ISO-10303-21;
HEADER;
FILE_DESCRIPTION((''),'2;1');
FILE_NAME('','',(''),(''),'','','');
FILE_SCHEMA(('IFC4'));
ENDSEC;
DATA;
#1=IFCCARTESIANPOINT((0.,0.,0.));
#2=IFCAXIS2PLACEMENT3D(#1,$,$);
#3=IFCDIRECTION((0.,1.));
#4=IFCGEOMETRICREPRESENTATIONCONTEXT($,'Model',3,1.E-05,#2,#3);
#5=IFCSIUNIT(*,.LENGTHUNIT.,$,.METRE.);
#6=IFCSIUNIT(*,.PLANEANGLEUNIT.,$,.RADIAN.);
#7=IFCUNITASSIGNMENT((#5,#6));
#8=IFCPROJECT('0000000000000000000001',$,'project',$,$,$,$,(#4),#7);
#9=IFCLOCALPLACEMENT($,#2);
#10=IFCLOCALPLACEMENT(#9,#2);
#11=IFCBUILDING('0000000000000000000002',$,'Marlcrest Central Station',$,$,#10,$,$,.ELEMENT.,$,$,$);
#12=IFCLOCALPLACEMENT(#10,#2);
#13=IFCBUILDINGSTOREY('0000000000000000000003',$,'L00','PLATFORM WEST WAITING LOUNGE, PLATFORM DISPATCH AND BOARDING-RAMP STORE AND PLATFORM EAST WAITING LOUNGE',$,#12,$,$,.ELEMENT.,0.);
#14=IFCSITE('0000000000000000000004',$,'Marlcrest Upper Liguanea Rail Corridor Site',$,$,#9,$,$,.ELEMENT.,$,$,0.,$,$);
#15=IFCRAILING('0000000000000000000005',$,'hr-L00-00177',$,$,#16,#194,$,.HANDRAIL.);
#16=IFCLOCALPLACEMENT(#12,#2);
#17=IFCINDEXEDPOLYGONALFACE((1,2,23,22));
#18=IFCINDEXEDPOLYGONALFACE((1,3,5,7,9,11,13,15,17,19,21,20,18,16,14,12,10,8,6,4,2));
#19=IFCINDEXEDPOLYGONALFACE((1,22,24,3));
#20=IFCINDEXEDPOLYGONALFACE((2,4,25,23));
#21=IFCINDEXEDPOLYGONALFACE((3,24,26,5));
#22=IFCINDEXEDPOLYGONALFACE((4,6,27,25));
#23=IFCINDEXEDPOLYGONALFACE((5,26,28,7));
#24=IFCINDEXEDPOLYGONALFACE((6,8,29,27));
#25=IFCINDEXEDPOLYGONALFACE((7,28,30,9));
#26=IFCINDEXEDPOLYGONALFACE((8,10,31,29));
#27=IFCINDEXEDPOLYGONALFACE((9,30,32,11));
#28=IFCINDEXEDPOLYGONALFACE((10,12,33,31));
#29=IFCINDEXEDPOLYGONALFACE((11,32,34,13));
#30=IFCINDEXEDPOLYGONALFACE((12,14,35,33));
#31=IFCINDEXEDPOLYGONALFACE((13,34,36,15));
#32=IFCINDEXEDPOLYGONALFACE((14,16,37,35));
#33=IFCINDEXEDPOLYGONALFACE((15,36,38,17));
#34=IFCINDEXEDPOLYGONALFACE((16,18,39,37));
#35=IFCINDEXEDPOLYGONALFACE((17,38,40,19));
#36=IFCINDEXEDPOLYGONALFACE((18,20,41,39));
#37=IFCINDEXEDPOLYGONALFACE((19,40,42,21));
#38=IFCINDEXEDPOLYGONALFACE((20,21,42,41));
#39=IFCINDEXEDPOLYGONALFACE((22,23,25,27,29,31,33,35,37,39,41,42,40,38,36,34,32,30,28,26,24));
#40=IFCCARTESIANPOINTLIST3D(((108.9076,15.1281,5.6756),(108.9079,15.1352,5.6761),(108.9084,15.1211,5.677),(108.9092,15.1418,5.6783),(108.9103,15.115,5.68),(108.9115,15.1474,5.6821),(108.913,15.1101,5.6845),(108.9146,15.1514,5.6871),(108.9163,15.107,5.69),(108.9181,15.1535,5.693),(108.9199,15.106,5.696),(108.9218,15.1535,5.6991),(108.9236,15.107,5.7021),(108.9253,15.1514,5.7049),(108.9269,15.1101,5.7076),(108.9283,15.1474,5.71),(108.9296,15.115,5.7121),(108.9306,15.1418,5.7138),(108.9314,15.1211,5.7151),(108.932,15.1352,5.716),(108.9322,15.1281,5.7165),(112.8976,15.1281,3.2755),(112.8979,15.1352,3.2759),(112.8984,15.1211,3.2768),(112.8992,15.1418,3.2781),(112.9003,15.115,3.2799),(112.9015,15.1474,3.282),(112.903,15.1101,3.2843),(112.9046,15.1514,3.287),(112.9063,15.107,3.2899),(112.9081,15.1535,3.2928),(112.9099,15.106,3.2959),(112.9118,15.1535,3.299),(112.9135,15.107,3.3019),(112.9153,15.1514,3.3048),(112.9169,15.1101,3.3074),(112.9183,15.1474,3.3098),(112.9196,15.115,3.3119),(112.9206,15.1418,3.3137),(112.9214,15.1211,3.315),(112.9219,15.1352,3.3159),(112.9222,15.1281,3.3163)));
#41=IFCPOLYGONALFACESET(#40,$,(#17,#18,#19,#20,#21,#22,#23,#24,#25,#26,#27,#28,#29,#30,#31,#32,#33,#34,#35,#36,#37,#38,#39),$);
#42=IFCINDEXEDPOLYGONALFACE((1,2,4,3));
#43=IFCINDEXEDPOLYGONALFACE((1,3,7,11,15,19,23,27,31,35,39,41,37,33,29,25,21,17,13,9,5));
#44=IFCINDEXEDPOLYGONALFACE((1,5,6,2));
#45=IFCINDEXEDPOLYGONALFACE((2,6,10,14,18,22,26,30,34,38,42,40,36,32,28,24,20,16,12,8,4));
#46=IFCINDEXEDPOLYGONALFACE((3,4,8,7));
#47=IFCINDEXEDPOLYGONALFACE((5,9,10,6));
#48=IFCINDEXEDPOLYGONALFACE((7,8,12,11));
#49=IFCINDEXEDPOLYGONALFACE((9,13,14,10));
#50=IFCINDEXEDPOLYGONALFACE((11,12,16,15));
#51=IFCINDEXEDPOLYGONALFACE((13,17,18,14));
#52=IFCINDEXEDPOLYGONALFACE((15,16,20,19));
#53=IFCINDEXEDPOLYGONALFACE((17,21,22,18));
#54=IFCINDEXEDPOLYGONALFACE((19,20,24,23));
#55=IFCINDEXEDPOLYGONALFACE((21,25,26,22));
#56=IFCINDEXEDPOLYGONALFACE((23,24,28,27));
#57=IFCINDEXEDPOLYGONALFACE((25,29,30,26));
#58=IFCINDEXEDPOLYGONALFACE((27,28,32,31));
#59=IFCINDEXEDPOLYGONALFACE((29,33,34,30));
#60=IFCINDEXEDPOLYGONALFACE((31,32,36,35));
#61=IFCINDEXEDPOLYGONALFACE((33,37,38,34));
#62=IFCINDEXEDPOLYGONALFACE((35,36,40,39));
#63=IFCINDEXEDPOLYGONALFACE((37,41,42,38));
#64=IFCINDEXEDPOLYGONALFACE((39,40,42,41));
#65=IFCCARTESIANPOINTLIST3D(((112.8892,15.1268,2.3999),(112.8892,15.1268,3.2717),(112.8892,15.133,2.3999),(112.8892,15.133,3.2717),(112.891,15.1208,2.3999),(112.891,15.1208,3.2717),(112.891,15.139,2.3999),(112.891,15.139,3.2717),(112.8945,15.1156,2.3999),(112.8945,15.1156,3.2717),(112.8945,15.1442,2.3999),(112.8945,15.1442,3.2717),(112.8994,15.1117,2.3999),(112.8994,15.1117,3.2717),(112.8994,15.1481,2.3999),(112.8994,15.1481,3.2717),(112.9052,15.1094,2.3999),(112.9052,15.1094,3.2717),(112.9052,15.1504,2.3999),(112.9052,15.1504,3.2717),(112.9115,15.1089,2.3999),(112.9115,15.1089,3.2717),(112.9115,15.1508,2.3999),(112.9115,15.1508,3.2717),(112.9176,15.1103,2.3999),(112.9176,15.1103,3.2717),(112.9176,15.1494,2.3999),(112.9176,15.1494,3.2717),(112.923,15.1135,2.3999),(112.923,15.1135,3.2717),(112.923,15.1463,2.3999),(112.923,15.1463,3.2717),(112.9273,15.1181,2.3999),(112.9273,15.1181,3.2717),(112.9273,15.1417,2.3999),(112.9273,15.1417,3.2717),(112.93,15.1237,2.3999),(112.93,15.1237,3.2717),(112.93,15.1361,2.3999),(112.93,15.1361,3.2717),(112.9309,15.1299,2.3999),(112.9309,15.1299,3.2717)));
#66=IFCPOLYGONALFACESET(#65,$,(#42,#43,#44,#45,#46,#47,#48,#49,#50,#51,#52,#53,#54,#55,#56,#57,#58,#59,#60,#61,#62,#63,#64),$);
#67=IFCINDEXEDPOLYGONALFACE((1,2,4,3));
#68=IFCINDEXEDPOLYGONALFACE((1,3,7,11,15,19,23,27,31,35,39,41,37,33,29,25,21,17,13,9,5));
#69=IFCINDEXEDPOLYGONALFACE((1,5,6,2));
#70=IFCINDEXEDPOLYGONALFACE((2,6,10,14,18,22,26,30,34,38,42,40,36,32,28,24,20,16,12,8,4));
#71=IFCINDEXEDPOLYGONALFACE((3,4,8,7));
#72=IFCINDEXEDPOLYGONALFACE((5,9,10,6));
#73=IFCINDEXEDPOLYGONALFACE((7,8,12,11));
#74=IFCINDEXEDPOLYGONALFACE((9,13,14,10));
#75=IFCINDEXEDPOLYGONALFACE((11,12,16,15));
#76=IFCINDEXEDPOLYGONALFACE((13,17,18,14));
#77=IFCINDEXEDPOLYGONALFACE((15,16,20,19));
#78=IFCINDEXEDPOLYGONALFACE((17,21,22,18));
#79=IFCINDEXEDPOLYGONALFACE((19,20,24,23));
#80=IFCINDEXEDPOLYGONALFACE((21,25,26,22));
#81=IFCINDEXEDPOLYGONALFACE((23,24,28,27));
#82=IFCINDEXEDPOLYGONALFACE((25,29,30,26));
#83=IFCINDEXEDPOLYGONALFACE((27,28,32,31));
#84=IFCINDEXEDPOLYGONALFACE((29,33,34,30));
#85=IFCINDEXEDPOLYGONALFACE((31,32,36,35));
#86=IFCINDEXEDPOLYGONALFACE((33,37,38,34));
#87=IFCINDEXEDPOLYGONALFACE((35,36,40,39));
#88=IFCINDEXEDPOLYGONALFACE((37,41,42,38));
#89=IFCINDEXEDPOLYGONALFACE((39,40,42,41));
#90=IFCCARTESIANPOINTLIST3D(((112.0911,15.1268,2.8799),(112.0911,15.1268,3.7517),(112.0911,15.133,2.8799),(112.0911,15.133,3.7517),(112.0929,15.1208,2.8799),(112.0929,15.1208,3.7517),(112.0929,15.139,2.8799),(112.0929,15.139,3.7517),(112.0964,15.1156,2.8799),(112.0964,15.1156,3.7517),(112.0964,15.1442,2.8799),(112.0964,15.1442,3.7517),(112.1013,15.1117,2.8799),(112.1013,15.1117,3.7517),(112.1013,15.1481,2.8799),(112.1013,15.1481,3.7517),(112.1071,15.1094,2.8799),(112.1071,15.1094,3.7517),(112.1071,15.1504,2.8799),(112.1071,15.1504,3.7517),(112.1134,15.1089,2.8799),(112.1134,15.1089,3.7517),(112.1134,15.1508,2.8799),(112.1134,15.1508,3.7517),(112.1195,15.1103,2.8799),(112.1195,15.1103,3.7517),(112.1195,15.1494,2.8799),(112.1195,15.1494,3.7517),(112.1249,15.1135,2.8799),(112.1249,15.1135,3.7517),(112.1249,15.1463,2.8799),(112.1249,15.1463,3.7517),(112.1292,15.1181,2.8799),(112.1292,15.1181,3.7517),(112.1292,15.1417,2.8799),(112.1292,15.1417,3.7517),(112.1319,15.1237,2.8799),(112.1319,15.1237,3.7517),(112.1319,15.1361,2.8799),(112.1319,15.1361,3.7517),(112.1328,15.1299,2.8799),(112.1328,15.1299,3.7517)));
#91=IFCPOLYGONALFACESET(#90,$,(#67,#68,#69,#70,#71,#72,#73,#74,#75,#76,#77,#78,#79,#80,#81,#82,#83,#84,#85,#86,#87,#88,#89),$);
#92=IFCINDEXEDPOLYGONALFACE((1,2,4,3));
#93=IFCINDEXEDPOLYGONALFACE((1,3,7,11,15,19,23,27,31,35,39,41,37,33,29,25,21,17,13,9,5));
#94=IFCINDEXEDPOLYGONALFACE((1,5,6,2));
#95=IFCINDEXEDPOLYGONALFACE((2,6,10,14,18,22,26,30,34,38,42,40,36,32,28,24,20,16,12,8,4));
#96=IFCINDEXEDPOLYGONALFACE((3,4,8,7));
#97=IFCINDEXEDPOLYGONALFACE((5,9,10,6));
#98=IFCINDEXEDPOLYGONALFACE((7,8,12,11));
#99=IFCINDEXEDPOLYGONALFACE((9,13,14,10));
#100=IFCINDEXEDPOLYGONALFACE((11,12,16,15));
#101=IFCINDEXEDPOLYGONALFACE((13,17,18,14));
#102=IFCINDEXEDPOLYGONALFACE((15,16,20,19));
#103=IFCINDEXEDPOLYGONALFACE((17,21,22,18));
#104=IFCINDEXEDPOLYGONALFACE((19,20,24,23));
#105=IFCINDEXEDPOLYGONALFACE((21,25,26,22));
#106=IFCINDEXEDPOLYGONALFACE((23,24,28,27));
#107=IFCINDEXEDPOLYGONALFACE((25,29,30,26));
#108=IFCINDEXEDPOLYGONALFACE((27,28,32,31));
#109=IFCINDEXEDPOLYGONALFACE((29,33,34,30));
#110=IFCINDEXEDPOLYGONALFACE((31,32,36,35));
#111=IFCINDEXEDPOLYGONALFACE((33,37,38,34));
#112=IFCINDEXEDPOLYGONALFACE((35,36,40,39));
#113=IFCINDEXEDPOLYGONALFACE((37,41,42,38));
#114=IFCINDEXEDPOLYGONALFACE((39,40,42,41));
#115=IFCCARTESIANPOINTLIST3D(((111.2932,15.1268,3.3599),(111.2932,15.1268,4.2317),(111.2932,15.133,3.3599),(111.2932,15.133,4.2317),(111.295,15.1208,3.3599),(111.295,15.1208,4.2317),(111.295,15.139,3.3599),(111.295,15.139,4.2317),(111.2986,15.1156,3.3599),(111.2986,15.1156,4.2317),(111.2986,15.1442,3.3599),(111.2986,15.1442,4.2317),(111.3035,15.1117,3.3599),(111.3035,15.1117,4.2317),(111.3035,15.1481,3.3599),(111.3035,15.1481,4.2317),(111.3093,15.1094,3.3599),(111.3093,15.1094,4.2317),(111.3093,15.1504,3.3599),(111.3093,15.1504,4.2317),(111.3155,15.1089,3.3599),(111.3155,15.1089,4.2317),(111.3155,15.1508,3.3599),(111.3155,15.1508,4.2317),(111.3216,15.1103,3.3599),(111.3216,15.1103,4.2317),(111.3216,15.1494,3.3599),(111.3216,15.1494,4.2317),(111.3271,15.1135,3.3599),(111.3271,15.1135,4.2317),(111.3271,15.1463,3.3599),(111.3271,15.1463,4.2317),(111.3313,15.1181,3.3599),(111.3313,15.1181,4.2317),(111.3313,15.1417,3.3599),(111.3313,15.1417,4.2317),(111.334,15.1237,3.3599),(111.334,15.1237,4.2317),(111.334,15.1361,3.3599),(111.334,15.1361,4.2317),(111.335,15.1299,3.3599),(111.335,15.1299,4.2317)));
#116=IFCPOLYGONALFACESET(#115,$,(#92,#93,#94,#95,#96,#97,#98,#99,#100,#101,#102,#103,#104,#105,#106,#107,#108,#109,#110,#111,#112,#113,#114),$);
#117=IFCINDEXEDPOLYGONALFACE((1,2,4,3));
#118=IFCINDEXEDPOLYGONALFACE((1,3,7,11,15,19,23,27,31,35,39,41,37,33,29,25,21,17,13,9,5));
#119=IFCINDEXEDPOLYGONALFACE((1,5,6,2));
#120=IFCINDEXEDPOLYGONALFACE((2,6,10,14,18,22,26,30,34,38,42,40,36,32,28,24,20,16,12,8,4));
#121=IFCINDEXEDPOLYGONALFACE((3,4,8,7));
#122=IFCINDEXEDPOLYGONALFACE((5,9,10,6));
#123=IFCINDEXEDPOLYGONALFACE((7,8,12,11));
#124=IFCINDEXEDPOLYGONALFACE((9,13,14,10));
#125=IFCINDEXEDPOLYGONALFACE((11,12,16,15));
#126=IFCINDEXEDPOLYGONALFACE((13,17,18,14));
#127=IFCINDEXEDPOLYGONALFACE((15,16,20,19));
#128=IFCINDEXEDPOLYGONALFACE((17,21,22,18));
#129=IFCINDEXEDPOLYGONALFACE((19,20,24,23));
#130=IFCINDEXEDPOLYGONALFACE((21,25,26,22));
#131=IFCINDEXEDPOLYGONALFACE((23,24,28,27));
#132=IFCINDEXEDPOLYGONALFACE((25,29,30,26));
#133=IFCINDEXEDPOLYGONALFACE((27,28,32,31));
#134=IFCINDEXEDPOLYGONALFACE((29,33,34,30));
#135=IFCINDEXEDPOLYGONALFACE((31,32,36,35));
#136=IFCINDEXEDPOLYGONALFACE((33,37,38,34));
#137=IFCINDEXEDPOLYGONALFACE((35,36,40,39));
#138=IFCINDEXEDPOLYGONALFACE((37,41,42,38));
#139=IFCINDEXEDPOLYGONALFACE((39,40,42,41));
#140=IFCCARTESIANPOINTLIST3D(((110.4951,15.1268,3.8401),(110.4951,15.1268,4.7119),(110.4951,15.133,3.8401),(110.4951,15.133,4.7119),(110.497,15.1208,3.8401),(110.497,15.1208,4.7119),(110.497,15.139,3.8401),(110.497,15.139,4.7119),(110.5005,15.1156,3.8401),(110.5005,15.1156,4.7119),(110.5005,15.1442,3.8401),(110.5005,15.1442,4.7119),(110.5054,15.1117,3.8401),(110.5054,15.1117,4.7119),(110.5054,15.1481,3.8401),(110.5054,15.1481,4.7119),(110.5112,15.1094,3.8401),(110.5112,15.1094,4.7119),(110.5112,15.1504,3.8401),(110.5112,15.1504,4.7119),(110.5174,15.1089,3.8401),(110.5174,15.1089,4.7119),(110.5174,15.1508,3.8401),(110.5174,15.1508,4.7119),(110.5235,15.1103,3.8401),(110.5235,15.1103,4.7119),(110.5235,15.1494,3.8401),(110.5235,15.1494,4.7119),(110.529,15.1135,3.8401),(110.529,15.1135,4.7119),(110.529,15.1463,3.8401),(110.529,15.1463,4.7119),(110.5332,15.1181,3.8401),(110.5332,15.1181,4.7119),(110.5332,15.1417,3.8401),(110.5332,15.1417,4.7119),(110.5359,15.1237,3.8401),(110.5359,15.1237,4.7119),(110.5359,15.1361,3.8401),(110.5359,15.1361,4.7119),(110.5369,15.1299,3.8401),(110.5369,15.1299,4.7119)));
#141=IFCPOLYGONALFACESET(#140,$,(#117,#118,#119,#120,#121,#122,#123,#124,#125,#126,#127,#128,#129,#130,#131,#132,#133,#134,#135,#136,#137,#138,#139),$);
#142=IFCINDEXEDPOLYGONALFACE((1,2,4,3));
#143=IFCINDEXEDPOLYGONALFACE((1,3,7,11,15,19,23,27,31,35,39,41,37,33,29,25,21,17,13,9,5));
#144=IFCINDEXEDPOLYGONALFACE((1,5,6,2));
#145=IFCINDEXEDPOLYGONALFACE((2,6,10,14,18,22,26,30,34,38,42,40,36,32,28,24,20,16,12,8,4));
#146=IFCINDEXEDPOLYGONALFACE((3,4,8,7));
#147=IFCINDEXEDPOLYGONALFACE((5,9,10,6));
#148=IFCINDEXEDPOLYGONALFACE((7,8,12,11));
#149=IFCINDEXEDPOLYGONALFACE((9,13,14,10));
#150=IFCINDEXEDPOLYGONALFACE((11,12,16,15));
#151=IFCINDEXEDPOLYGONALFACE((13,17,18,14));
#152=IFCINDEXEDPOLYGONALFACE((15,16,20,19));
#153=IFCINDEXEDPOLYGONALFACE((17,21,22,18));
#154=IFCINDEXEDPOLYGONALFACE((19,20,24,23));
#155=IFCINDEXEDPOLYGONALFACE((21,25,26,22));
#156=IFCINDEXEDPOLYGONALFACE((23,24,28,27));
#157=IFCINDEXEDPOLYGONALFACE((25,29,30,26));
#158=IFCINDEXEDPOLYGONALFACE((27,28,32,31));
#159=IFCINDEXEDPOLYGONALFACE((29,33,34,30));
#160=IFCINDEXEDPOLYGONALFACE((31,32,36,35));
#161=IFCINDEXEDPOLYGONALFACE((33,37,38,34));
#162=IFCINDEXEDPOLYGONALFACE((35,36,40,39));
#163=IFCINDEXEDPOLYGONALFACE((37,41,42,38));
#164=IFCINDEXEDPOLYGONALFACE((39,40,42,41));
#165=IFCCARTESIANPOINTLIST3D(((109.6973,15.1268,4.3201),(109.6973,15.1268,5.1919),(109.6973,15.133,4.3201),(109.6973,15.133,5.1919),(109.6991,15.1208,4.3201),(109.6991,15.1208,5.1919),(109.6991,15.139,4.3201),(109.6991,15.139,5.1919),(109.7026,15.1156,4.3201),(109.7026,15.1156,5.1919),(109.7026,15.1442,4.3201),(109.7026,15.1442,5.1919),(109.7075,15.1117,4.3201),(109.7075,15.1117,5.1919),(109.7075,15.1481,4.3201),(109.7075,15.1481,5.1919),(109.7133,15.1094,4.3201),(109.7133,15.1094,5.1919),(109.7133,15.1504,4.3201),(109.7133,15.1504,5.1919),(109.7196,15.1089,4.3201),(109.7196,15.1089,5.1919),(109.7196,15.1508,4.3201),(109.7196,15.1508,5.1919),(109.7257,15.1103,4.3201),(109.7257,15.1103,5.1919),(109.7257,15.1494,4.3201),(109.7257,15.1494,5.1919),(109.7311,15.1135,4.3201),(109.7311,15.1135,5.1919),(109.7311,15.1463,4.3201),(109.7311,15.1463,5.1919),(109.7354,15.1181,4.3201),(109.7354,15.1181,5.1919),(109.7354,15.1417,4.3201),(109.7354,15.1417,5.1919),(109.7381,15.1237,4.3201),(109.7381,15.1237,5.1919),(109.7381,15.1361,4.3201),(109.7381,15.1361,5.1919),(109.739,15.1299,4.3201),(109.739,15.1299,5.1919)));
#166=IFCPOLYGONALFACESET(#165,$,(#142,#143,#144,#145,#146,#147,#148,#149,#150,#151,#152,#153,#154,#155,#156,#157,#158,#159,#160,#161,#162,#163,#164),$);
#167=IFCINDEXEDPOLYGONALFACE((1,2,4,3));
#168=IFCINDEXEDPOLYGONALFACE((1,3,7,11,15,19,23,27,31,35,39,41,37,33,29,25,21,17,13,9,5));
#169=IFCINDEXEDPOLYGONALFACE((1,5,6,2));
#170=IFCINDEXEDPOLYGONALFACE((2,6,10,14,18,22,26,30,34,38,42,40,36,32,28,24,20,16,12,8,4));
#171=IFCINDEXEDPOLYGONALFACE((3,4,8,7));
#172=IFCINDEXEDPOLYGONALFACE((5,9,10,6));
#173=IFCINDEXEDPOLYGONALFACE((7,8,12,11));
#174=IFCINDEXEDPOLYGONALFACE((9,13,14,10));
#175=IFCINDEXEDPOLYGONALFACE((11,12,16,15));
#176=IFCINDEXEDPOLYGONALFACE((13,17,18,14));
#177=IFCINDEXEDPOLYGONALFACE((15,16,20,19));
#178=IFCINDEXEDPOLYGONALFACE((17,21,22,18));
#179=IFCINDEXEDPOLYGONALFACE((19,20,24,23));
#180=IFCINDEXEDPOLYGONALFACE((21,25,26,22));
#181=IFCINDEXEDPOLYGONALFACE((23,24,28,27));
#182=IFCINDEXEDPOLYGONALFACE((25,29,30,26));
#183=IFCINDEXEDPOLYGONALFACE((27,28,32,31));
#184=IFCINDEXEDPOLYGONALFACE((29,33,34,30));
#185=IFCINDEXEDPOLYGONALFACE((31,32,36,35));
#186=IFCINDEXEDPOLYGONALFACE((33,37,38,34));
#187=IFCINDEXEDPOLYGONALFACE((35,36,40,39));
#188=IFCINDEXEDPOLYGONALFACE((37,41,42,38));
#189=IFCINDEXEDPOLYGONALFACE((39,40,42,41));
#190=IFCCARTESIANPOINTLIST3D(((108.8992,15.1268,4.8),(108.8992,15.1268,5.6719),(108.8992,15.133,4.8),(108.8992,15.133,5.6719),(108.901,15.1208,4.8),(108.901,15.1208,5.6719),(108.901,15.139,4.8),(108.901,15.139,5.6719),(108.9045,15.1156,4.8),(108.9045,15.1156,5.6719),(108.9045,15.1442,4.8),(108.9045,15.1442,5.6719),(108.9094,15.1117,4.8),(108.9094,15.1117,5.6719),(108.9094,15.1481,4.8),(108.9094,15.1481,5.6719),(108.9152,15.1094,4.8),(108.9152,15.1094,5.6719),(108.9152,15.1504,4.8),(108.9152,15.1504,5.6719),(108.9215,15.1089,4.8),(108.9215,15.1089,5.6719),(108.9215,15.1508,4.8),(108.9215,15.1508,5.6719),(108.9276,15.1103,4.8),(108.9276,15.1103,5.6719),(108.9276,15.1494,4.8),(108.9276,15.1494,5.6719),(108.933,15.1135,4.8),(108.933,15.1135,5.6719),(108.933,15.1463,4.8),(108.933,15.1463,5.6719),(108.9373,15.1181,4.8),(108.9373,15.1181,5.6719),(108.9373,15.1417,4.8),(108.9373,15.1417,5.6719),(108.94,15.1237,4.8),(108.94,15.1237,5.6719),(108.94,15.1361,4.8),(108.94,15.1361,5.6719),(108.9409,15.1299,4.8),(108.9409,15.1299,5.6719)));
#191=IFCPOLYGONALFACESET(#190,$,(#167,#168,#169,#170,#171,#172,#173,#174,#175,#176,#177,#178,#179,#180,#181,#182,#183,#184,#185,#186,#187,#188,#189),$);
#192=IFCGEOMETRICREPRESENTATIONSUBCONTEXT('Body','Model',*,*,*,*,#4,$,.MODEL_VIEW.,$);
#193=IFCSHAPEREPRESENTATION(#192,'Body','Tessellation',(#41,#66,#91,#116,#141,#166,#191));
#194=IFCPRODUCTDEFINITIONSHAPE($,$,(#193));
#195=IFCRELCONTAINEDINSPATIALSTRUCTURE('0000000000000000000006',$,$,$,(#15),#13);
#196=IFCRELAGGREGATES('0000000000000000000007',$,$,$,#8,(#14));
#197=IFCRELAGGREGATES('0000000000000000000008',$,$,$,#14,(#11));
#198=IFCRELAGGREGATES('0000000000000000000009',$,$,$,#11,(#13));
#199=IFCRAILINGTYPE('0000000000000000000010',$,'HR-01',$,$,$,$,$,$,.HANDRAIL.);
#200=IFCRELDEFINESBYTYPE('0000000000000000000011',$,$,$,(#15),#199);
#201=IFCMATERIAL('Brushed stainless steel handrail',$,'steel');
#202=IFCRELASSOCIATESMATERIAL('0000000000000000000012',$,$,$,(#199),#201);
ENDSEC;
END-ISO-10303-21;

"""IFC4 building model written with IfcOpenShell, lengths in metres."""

from ifc_helpers import new_model, si_unit, direction, frame, origin, origin_2d, place, context, subcontext, project, spatial, circle, extrude, material, type_object, element, save


model = new_model("IFC4")

# Units and contexts
model_context = context("Model", 3, precision=1e-05, world=origin(), true_north=direction((0.0, 1.0)))
body_context = subcontext(model_context, "Body", "Model", "MODEL_VIEW")
ifc_project = project(units=[si_unit("LENGTHUNIT", "METRE"), si_unit("PLANEANGLEUNIT", "RADIAN")], contexts=[model_context])

# Site, building, storey
site_placement = place(None, origin())
site = spatial("IfcSite", under=ifc_project, at=site_placement, Name="Marlcrest Upper Liguanea Rail Corridor Site", CompositionType="ELEMENT", RefElevation=0.0)
building_placement = place(site_placement, origin())
building = spatial("IfcBuilding", under=site, at=building_placement, Name="Marlcrest Central Station", CompositionType="ELEMENT")
storey_placement = place(building_placement, origin())
storey = spatial("IfcBuildingStorey", under=building, at=storey_placement, Name="L00", Description="PLATFORM WEST WAITING LOUNGE, PLATFORM DISPATCH AND BOARDING-RAMP STORE AND PLATFORM EAST WAITING LOUNGE", CompositionType="ELEMENT", Elevation=0.0)

# Railing
ifc_material_1 = material(Name="Brushed stainless steel handrail", Category="steel")
railing_type_1 = type_object("IfcRailingType", Name="HR-01", PredefinedType="HANDRAIL", material=ifc_material_1)
railing_1_placement = place(storey_placement, frame((112.9099, 15.1299, 2.3999)))
element("IfcRailing", 1, at=railing_1_placement, inside=storey, type_object=railing_type_1, Name="hr-L00-00177", PredefinedType="HANDRAIL", context=body_context, shape_type="SweptSolid", body=[
    extrude(circle(Radius=0.0239, at=origin_2d()), frame((0.0, 0.0, 0.896), z_axis=(-0.856909, 0.0, 0.515467), x_axis=(0.0, -1.0, 0.0)), (0.0, 0.0, 1.0), 4.6562),
    extrude(circle(Radius=0.021, at=origin_2d()), origin(), (0.0, 0.0, 1.0), 0.8718),
    extrude(circle(Radius=0.021, at=origin_2d()), frame((-0.7981, 0.0, 0.48)), (0.0, 0.0, 1.0), 0.8718),
    extrude(circle(Radius=0.021, at=origin_2d()), frame((-1.5959, 0.0, 0.96)), (0.0, 0.0, 1.0), 0.8718),
    extrude(circle(Radius=0.021, at=origin_2d()), frame((-2.394, 0.0, 1.4402)), (0.0, 0.0, 1.0), 0.8718),
    extrude(circle(Radius=0.021, at=origin_2d()), frame((-3.1919, 0.0, 1.9202)), (0.0, 0.0, 1.0), 0.8718),
    extrude(circle(Radius=0.021, at=origin_2d()), frame((-3.99, 0.0, 2.4001)), (0.0, 0.0, 1.0), 0.8718),
])

save(model, "model.ifc")
